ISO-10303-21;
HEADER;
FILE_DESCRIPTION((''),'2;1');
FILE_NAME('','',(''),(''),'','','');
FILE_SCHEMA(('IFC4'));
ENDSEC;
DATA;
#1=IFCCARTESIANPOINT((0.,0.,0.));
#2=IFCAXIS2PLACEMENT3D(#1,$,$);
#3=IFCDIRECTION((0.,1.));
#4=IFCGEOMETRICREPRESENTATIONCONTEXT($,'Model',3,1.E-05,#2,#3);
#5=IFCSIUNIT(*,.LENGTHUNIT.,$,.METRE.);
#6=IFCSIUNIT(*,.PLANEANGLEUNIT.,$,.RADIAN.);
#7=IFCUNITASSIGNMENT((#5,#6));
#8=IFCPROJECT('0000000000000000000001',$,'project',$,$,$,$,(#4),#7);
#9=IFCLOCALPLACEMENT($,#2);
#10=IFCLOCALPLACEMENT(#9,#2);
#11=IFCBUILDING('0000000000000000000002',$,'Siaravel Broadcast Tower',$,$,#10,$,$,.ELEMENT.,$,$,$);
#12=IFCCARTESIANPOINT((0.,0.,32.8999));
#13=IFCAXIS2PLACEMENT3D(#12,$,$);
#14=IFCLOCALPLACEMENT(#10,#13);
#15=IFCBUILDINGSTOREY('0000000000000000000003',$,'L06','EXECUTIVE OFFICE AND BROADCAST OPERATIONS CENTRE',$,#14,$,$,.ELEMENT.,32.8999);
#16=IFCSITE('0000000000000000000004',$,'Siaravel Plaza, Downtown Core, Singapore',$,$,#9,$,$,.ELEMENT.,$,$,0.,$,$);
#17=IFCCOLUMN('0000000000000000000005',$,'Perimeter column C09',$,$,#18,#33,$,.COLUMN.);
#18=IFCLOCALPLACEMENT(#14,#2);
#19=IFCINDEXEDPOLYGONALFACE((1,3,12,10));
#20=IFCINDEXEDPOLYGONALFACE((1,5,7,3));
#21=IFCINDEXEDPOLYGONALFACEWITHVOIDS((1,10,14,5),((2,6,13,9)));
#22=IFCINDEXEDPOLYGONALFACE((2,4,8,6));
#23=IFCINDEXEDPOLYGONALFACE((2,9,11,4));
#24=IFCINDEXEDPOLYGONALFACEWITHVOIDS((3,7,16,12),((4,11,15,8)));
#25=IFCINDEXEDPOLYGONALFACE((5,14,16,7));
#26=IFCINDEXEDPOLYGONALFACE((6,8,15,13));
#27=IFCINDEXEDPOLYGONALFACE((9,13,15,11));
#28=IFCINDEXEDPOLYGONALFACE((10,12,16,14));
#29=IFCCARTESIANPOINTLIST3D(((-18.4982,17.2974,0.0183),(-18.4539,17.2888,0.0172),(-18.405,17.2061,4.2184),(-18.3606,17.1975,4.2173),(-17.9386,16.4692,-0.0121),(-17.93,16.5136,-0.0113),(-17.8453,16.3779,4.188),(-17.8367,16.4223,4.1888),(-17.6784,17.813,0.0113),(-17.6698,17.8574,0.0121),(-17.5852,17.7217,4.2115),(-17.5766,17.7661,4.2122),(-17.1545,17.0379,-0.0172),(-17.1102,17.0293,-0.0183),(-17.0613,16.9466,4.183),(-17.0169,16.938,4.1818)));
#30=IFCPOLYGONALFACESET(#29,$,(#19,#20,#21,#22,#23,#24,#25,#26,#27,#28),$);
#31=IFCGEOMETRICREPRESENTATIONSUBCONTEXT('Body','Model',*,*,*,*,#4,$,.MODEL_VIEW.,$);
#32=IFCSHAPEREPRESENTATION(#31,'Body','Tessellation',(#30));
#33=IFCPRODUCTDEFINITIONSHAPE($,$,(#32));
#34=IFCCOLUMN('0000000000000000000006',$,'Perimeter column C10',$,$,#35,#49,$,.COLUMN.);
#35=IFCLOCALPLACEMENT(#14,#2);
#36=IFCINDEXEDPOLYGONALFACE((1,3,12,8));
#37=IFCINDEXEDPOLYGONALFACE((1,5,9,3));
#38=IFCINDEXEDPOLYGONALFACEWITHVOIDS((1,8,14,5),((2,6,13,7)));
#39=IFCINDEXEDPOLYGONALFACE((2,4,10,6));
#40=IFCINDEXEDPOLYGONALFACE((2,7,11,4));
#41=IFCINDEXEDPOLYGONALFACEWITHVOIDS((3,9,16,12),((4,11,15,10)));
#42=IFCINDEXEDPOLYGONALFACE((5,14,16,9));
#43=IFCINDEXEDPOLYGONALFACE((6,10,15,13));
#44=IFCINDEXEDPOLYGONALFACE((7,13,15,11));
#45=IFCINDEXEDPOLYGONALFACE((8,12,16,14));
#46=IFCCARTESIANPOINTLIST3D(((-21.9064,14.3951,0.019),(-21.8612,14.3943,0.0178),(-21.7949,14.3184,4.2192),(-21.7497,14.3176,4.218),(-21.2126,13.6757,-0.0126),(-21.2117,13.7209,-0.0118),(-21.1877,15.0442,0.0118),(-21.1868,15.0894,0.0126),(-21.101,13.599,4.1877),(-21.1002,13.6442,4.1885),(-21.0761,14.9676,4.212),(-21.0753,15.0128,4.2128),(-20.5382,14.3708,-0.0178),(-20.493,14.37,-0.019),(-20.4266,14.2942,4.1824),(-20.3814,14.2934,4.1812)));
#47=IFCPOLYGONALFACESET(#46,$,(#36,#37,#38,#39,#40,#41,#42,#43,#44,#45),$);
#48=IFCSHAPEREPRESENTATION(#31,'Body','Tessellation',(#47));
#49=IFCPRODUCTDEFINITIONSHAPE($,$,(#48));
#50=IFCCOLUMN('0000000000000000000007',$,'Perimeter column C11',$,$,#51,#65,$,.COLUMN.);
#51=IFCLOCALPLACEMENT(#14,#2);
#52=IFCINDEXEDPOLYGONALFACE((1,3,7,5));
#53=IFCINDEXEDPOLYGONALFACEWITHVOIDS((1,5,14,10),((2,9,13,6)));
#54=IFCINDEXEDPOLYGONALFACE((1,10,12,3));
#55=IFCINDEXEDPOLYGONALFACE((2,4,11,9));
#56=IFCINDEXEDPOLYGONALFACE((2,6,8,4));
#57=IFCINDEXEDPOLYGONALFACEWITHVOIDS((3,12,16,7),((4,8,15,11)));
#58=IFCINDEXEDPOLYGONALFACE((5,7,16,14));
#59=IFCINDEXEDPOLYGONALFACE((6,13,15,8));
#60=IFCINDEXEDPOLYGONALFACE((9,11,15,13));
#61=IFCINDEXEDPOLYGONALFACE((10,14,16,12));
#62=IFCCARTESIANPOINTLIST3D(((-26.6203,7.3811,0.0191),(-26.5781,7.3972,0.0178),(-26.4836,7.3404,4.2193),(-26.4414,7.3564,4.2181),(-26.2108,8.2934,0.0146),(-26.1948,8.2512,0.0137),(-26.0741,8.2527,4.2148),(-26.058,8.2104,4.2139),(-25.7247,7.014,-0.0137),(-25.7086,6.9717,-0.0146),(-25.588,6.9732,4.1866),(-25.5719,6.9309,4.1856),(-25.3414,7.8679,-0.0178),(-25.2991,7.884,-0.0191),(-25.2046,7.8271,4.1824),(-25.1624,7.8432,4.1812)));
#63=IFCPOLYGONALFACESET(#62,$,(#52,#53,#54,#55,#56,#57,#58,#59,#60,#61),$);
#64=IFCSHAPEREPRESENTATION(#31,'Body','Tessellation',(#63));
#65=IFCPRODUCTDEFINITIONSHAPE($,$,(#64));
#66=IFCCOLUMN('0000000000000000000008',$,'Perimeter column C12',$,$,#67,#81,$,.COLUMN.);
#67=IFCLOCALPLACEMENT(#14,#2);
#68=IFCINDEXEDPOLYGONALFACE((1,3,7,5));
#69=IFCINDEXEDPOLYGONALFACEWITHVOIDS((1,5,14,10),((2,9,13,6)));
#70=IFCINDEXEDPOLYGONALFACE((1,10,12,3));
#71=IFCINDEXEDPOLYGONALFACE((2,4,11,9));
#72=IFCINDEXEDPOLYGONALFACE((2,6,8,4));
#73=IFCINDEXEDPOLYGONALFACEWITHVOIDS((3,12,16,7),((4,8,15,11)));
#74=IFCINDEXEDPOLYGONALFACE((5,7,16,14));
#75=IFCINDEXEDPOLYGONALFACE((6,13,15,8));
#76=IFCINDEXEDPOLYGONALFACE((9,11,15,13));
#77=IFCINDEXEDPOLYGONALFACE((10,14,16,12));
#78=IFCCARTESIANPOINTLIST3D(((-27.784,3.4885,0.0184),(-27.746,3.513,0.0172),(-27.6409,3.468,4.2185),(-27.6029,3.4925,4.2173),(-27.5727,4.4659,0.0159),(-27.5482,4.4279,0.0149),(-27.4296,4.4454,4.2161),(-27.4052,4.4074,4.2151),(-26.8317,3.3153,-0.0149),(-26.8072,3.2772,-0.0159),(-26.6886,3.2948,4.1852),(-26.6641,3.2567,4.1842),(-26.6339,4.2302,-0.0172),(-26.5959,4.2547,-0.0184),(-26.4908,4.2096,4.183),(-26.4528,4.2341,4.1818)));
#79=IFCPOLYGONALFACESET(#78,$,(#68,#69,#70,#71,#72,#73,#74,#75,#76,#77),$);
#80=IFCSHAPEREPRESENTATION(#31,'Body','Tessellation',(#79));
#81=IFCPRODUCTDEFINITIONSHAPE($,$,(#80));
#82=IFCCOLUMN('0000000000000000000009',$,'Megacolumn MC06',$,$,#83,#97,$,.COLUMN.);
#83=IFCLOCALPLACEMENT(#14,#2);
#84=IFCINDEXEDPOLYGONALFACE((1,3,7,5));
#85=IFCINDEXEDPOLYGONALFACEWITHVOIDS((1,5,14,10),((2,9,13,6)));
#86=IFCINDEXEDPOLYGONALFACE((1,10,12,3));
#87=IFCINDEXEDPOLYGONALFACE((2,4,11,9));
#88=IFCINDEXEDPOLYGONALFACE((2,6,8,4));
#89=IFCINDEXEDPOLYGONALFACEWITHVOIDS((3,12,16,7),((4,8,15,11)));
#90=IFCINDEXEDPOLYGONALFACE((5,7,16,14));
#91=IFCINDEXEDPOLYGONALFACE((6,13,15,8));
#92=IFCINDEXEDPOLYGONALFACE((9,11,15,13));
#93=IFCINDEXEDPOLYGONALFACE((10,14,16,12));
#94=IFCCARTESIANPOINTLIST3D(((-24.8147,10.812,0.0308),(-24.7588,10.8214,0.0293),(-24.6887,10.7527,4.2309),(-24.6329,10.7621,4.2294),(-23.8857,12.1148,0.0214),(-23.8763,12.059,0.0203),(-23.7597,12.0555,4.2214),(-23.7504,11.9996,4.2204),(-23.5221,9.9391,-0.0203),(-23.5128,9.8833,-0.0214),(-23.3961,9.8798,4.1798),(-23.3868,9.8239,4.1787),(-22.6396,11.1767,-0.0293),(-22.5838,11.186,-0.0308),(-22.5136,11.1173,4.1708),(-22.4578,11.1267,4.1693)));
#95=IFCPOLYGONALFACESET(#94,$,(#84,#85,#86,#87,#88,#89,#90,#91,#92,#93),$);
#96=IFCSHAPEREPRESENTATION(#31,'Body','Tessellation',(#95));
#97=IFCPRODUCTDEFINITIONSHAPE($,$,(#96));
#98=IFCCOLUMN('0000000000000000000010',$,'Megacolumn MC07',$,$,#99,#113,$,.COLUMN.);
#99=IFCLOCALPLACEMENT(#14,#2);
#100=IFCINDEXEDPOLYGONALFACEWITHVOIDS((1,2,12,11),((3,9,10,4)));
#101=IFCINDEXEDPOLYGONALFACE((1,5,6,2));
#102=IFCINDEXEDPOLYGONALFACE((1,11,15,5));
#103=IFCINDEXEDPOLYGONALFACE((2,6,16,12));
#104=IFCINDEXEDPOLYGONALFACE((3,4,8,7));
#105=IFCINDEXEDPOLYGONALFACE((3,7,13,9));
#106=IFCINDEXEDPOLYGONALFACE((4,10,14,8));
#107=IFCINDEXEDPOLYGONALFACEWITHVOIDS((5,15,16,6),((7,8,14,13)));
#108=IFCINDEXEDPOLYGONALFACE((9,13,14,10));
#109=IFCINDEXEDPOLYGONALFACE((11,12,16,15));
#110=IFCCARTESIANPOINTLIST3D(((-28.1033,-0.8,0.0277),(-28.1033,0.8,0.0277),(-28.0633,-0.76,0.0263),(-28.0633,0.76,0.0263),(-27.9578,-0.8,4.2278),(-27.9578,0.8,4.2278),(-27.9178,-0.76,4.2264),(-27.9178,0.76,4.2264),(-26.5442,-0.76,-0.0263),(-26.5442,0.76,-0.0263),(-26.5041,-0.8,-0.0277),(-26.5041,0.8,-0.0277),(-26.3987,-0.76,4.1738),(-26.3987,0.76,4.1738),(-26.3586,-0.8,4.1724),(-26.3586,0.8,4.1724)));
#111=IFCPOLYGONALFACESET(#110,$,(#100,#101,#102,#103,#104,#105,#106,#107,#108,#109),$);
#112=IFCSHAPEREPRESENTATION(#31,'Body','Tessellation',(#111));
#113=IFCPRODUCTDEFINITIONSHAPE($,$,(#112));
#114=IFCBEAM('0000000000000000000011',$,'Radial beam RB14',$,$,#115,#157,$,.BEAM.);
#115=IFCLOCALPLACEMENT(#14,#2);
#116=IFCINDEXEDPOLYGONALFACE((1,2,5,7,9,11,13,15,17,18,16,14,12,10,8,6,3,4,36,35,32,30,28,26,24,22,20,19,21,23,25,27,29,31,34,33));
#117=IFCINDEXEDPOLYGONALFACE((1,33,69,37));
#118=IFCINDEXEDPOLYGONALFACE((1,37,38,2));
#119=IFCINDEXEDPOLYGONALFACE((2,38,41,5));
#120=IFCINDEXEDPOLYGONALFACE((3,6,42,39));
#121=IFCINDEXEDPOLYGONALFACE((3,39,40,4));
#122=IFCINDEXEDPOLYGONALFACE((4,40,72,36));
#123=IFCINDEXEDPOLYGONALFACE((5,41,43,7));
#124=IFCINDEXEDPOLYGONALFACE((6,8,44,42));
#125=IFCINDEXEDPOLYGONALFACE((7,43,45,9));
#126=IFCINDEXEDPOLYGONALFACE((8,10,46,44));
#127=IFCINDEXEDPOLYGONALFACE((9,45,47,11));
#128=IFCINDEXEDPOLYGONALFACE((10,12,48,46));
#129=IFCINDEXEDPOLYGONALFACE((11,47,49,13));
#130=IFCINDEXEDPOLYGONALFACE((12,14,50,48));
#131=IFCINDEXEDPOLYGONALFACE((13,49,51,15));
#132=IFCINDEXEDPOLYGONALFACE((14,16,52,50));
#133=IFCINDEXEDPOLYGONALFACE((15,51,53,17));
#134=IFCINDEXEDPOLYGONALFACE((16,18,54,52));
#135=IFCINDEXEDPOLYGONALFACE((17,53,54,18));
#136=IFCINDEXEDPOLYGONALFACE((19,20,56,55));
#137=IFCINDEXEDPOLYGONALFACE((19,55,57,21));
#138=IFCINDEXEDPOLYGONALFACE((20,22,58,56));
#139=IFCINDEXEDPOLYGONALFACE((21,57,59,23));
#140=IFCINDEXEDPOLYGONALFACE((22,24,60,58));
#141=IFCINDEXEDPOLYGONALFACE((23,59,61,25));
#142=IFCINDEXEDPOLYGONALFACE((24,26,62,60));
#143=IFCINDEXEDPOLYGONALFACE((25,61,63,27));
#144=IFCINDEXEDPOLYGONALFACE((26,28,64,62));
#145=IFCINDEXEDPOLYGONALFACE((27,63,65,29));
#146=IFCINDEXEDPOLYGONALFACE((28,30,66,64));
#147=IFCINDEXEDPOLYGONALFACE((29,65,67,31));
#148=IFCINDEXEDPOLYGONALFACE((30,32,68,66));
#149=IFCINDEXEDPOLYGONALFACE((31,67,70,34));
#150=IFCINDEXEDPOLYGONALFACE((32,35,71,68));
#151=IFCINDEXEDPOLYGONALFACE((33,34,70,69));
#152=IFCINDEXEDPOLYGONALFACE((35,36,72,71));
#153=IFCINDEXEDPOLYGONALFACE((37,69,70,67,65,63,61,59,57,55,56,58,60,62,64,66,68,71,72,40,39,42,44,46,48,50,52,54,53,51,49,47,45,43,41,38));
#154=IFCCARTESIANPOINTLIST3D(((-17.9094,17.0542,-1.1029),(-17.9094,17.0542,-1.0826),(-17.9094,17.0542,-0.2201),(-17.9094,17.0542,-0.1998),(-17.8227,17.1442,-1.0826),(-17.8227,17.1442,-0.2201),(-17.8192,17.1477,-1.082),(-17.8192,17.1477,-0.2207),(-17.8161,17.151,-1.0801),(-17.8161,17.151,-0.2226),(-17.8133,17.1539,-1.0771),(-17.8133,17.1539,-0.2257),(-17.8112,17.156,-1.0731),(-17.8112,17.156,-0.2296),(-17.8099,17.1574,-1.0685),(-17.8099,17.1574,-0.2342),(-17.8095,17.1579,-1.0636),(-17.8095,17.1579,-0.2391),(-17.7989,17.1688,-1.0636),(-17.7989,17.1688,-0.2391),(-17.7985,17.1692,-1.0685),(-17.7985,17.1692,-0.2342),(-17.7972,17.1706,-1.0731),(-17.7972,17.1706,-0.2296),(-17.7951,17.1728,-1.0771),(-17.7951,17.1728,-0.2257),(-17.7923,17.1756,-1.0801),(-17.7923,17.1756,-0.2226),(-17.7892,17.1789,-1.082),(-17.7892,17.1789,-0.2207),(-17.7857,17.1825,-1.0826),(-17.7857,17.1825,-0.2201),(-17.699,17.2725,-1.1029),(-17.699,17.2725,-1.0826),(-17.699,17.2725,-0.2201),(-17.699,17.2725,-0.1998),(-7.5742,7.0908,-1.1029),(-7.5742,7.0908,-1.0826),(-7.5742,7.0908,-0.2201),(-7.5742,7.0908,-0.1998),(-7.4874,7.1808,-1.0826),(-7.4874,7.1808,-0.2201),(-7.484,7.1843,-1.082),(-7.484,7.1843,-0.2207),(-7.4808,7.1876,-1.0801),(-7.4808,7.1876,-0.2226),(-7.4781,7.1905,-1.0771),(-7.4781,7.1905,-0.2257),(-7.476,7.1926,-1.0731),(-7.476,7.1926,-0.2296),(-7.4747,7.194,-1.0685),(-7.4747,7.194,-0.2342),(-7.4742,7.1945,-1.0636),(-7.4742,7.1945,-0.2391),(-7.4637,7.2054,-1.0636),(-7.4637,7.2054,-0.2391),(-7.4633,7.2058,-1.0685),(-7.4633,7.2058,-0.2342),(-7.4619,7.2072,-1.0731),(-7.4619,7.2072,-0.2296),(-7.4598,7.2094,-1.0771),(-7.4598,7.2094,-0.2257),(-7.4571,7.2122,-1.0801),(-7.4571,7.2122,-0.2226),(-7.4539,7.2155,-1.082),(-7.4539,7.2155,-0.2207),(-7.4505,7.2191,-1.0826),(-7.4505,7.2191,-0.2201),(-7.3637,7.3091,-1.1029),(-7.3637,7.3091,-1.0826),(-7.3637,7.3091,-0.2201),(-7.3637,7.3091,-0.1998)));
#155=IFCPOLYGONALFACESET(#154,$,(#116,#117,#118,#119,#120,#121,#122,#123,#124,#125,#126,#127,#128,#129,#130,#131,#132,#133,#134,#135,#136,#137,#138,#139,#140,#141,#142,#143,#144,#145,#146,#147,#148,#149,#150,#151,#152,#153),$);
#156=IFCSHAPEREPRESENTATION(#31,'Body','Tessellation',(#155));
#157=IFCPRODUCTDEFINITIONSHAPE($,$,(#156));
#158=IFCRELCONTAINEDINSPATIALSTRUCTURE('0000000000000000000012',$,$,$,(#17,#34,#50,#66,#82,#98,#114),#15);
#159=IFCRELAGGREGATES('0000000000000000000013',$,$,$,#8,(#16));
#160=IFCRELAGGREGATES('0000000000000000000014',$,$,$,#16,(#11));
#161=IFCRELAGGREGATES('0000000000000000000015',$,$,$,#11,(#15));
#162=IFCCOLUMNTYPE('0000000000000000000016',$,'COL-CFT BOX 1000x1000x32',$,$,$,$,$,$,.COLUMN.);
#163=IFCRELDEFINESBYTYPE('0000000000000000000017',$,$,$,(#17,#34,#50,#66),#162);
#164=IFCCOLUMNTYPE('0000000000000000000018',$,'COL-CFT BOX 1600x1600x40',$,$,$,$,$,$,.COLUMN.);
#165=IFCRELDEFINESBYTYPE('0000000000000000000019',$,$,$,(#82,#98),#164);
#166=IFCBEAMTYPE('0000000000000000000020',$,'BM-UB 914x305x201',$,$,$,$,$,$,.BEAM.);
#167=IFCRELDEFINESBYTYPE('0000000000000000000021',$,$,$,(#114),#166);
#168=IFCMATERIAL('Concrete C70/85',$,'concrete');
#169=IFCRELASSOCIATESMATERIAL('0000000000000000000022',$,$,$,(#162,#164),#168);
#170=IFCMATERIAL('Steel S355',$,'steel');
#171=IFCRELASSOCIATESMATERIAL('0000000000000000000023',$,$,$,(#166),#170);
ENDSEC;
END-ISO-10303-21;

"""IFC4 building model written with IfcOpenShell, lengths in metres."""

from ifc_helpers import new_model, si_unit, direction, frame, origin, origin_2d, place, context, subcontext, project, spatial, hollow_rectangle, i_section, extrude, material, material_profile, profile_set, type_object, element, save


model = new_model("IFC4")

# Units and contexts
model_context = context("Model", 3, precision=1e-05, world=origin(), true_north=direction((0.0, 1.0)))
body_context = subcontext(model_context, "Body", "Model", "MODEL_VIEW")
ifc_project = project(units=[si_unit("LENGTHUNIT", "METRE"), si_unit("PLANEANGLEUNIT", "RADIAN")], contexts=[model_context])

# Site, building, storey
site_placement = place(None, origin())
site = spatial("IfcSite", under=ifc_project, at=site_placement, Name="Siaravel Plaza, Downtown Core, Singapore", CompositionType="ELEMENT", RefElevation=0.0)
building_placement = place(site_placement, origin())
building = spatial("IfcBuilding", under=site, at=building_placement, Name="Siaravel Broadcast Tower", CompositionType="ELEMENT")
storey_placement = place(building_placement, frame((0.0, 0.0, 32.8999)))
storey = spatial("IfcBuildingStorey", under=building, at=storey_placement, Name="L06", Description="EXECUTIVE OFFICE AND BROADCAST OPERATIONS CENTRE", CompositionType="ELEMENT", Elevation=32.8999)

# Columns
ifc_material_1 = material(Name="Concrete C70/85", Category="concrete")
ifc_material_profile_1 = material_profile(ifc_material_1, hollow_rectangle(XDim=1.0, YDim=1.0, WallThickness=0.032, at=origin_2d()))
ifc_profile_set_1 = profile_set([ifc_material_profile_1], Name="Concrete C70/85")
column_type_1 = type_object("IfcColumnType", Name="COL-CFT BOX 1000x1000x32", PredefinedType="COLUMN", material=ifc_profile_set_1)
column_1_placement = place(storey_placement, frame((-17.8042, 17.1633, 0.0), z_axis=(0.022193, -0.021729, 0.999518), x_axis=(0.828409, 0.560089, -0.006218)))
element("IfcColumn", 1, at=column_1_placement, inside=storey, type_object=column_type_1, Name="Perimeter column C09", PredefinedType="COLUMN", context=body_context, shape_type="SweptSolid", body=[
    extrude(hollow_rectangle(XDim=1.0, YDim=1.0, WallThickness=0.032, at=origin_2d()), origin(), (0.0, 0.0, 1.0), 4.2021),
])
column_2_placement = place(storey_placement, frame((-21.1997, 14.3826, 0.0), z_axis=(0.02655, -0.018242, 0.999481), x_axis=(0.7196, 0.694359, -0.006442)))
element("IfcColumn", 2, at=column_2_placement, inside=storey, type_object=column_type_1, Name="Perimeter column C10", PredefinedType="COLUMN", context=body_context, shape_type="SweptSolid", body=[
    extrude(hollow_rectangle(XDim=1.0, YDim=1.0, WallThickness=0.032, at=origin_2d()), origin(), (0.0, 0.0, 1.0), 4.2024),
])
for number, where, z_axis, x_axis, name in (
    (3, (-25.9597, 7.6326, 0.0), (0.032532, -0.009701, 0.999424), (0.409521, 0.91229, -0.004475), "Perimeter column C11"),
    (4, (-27.1899, 3.8716, 0.0), (0.034042, -0.00488, 0.999409), (0.211309, 0.977416, -0.002425), "Perimeter column C12"),
):
    element("IfcColumn", number, at=place(storey_placement, frame(where, z_axis=z_axis, x_axis=x_axis)), inside=storey, type_object=column_type_1, Name=name, PredefinedType="COLUMN", context=body_context, shape_type="SweptSolid", body=[
        extrude(hollow_rectangle(XDim=1.0, YDim=1.0, WallThickness=0.032, at=origin_2d()), origin(), (0.0, 0.0, 1.0), 4.2026),
    ])
ifc_material_profile_2 = material_profile(ifc_material_1, hollow_rectangle(XDim=1.6001, YDim=1.6001, WallThickness=0.04, at=origin_2d()))
ifc_profile_set_2 = profile_set([ifc_material_profile_2], Name="Concrete C70/85")
column_type_2 = type_object("IfcColumnType", Name="COL-CFT BOX 1600x1600x40", PredefinedType="COLUMN", material=ifc_profile_set_2)
column_3_placement = place(storey_placement, frame((-23.6992, 10.999, 0.0), z_axis=(0.029977, -0.014117, 0.999451), x_axis=(0.580588, 0.814176, -0.005914)))
element("IfcColumn", 5, at=column_3_placement, inside=storey, type_object=column_type_2, Name="Megacolumn MC06", PredefinedType="COLUMN", context=body_context, shape_type="SweptSolid", body=[
    extrude(hollow_rectangle(XDim=1.6001, YDim=1.6001, WallThickness=0.04, at=origin_2d()), origin(), (0.0, 0.0, 1.0), 4.2024),
])
column_4_placement = place(storey_placement, frame((-27.3037, 0.0, 0.0), z_axis=(0.034622, 0.0, 0.9994), x_axis=(0.0, 1.0, 0.0)))
element("IfcColumn", 6, at=column_4_placement, inside=storey, type_object=column_type_2, Name="Megacolumn MC07", PredefinedType="COLUMN", context=body_context, shape_type="SweptSolid", body=[
    extrude(hollow_rectangle(XDim=1.6001, YDim=1.6001, WallThickness=0.04, at=origin_2d()), origin(), (0.0, 0.0, 1.0), 4.2026),
])

# Beam
ifc_material_2 = material(Name="Steel S355", Category="steel")
ifc_material_profile_3 = material_profile(ifc_material_2, i_section(OverallWidth=0.3032, OverallDepth=0.9031, WebThickness=0.0151, FlangeThickness=0.0203, FilletRadius=0.019, at=origin_2d()))
ifc_profile_set_3 = profile_set([ifc_material_profile_3], Name="Steel S355")
beam_type = type_object("IfcBeamType", Name="BM-UB 914x305x201", PredefinedType="BEAM", material=ifc_profile_set_3)
beam_1_placement = place(storey_placement, frame((-17.8042, 17.1633, -0.6514), z_axis=(0.719939, -0.694038, 0.0), x_axis=(0.694038, 0.719939, 0.0)))
element("IfcBeam", 7, at=beam_1_placement, inside=storey, type_object=beam_type, Name="Radial beam RB14", PredefinedType="BEAM", context=body_context, shape_type="SweptSolid", body=[
    extrude(i_section(OverallWidth=0.3032, OverallDepth=0.9031, WebThickness=0.0151, FlangeThickness=0.0203, FilletRadius=0.019, at=origin_2d()), origin(), (0.0, 0.0, 1.0), 14.3557),
])

save(model, "model.ifc")
